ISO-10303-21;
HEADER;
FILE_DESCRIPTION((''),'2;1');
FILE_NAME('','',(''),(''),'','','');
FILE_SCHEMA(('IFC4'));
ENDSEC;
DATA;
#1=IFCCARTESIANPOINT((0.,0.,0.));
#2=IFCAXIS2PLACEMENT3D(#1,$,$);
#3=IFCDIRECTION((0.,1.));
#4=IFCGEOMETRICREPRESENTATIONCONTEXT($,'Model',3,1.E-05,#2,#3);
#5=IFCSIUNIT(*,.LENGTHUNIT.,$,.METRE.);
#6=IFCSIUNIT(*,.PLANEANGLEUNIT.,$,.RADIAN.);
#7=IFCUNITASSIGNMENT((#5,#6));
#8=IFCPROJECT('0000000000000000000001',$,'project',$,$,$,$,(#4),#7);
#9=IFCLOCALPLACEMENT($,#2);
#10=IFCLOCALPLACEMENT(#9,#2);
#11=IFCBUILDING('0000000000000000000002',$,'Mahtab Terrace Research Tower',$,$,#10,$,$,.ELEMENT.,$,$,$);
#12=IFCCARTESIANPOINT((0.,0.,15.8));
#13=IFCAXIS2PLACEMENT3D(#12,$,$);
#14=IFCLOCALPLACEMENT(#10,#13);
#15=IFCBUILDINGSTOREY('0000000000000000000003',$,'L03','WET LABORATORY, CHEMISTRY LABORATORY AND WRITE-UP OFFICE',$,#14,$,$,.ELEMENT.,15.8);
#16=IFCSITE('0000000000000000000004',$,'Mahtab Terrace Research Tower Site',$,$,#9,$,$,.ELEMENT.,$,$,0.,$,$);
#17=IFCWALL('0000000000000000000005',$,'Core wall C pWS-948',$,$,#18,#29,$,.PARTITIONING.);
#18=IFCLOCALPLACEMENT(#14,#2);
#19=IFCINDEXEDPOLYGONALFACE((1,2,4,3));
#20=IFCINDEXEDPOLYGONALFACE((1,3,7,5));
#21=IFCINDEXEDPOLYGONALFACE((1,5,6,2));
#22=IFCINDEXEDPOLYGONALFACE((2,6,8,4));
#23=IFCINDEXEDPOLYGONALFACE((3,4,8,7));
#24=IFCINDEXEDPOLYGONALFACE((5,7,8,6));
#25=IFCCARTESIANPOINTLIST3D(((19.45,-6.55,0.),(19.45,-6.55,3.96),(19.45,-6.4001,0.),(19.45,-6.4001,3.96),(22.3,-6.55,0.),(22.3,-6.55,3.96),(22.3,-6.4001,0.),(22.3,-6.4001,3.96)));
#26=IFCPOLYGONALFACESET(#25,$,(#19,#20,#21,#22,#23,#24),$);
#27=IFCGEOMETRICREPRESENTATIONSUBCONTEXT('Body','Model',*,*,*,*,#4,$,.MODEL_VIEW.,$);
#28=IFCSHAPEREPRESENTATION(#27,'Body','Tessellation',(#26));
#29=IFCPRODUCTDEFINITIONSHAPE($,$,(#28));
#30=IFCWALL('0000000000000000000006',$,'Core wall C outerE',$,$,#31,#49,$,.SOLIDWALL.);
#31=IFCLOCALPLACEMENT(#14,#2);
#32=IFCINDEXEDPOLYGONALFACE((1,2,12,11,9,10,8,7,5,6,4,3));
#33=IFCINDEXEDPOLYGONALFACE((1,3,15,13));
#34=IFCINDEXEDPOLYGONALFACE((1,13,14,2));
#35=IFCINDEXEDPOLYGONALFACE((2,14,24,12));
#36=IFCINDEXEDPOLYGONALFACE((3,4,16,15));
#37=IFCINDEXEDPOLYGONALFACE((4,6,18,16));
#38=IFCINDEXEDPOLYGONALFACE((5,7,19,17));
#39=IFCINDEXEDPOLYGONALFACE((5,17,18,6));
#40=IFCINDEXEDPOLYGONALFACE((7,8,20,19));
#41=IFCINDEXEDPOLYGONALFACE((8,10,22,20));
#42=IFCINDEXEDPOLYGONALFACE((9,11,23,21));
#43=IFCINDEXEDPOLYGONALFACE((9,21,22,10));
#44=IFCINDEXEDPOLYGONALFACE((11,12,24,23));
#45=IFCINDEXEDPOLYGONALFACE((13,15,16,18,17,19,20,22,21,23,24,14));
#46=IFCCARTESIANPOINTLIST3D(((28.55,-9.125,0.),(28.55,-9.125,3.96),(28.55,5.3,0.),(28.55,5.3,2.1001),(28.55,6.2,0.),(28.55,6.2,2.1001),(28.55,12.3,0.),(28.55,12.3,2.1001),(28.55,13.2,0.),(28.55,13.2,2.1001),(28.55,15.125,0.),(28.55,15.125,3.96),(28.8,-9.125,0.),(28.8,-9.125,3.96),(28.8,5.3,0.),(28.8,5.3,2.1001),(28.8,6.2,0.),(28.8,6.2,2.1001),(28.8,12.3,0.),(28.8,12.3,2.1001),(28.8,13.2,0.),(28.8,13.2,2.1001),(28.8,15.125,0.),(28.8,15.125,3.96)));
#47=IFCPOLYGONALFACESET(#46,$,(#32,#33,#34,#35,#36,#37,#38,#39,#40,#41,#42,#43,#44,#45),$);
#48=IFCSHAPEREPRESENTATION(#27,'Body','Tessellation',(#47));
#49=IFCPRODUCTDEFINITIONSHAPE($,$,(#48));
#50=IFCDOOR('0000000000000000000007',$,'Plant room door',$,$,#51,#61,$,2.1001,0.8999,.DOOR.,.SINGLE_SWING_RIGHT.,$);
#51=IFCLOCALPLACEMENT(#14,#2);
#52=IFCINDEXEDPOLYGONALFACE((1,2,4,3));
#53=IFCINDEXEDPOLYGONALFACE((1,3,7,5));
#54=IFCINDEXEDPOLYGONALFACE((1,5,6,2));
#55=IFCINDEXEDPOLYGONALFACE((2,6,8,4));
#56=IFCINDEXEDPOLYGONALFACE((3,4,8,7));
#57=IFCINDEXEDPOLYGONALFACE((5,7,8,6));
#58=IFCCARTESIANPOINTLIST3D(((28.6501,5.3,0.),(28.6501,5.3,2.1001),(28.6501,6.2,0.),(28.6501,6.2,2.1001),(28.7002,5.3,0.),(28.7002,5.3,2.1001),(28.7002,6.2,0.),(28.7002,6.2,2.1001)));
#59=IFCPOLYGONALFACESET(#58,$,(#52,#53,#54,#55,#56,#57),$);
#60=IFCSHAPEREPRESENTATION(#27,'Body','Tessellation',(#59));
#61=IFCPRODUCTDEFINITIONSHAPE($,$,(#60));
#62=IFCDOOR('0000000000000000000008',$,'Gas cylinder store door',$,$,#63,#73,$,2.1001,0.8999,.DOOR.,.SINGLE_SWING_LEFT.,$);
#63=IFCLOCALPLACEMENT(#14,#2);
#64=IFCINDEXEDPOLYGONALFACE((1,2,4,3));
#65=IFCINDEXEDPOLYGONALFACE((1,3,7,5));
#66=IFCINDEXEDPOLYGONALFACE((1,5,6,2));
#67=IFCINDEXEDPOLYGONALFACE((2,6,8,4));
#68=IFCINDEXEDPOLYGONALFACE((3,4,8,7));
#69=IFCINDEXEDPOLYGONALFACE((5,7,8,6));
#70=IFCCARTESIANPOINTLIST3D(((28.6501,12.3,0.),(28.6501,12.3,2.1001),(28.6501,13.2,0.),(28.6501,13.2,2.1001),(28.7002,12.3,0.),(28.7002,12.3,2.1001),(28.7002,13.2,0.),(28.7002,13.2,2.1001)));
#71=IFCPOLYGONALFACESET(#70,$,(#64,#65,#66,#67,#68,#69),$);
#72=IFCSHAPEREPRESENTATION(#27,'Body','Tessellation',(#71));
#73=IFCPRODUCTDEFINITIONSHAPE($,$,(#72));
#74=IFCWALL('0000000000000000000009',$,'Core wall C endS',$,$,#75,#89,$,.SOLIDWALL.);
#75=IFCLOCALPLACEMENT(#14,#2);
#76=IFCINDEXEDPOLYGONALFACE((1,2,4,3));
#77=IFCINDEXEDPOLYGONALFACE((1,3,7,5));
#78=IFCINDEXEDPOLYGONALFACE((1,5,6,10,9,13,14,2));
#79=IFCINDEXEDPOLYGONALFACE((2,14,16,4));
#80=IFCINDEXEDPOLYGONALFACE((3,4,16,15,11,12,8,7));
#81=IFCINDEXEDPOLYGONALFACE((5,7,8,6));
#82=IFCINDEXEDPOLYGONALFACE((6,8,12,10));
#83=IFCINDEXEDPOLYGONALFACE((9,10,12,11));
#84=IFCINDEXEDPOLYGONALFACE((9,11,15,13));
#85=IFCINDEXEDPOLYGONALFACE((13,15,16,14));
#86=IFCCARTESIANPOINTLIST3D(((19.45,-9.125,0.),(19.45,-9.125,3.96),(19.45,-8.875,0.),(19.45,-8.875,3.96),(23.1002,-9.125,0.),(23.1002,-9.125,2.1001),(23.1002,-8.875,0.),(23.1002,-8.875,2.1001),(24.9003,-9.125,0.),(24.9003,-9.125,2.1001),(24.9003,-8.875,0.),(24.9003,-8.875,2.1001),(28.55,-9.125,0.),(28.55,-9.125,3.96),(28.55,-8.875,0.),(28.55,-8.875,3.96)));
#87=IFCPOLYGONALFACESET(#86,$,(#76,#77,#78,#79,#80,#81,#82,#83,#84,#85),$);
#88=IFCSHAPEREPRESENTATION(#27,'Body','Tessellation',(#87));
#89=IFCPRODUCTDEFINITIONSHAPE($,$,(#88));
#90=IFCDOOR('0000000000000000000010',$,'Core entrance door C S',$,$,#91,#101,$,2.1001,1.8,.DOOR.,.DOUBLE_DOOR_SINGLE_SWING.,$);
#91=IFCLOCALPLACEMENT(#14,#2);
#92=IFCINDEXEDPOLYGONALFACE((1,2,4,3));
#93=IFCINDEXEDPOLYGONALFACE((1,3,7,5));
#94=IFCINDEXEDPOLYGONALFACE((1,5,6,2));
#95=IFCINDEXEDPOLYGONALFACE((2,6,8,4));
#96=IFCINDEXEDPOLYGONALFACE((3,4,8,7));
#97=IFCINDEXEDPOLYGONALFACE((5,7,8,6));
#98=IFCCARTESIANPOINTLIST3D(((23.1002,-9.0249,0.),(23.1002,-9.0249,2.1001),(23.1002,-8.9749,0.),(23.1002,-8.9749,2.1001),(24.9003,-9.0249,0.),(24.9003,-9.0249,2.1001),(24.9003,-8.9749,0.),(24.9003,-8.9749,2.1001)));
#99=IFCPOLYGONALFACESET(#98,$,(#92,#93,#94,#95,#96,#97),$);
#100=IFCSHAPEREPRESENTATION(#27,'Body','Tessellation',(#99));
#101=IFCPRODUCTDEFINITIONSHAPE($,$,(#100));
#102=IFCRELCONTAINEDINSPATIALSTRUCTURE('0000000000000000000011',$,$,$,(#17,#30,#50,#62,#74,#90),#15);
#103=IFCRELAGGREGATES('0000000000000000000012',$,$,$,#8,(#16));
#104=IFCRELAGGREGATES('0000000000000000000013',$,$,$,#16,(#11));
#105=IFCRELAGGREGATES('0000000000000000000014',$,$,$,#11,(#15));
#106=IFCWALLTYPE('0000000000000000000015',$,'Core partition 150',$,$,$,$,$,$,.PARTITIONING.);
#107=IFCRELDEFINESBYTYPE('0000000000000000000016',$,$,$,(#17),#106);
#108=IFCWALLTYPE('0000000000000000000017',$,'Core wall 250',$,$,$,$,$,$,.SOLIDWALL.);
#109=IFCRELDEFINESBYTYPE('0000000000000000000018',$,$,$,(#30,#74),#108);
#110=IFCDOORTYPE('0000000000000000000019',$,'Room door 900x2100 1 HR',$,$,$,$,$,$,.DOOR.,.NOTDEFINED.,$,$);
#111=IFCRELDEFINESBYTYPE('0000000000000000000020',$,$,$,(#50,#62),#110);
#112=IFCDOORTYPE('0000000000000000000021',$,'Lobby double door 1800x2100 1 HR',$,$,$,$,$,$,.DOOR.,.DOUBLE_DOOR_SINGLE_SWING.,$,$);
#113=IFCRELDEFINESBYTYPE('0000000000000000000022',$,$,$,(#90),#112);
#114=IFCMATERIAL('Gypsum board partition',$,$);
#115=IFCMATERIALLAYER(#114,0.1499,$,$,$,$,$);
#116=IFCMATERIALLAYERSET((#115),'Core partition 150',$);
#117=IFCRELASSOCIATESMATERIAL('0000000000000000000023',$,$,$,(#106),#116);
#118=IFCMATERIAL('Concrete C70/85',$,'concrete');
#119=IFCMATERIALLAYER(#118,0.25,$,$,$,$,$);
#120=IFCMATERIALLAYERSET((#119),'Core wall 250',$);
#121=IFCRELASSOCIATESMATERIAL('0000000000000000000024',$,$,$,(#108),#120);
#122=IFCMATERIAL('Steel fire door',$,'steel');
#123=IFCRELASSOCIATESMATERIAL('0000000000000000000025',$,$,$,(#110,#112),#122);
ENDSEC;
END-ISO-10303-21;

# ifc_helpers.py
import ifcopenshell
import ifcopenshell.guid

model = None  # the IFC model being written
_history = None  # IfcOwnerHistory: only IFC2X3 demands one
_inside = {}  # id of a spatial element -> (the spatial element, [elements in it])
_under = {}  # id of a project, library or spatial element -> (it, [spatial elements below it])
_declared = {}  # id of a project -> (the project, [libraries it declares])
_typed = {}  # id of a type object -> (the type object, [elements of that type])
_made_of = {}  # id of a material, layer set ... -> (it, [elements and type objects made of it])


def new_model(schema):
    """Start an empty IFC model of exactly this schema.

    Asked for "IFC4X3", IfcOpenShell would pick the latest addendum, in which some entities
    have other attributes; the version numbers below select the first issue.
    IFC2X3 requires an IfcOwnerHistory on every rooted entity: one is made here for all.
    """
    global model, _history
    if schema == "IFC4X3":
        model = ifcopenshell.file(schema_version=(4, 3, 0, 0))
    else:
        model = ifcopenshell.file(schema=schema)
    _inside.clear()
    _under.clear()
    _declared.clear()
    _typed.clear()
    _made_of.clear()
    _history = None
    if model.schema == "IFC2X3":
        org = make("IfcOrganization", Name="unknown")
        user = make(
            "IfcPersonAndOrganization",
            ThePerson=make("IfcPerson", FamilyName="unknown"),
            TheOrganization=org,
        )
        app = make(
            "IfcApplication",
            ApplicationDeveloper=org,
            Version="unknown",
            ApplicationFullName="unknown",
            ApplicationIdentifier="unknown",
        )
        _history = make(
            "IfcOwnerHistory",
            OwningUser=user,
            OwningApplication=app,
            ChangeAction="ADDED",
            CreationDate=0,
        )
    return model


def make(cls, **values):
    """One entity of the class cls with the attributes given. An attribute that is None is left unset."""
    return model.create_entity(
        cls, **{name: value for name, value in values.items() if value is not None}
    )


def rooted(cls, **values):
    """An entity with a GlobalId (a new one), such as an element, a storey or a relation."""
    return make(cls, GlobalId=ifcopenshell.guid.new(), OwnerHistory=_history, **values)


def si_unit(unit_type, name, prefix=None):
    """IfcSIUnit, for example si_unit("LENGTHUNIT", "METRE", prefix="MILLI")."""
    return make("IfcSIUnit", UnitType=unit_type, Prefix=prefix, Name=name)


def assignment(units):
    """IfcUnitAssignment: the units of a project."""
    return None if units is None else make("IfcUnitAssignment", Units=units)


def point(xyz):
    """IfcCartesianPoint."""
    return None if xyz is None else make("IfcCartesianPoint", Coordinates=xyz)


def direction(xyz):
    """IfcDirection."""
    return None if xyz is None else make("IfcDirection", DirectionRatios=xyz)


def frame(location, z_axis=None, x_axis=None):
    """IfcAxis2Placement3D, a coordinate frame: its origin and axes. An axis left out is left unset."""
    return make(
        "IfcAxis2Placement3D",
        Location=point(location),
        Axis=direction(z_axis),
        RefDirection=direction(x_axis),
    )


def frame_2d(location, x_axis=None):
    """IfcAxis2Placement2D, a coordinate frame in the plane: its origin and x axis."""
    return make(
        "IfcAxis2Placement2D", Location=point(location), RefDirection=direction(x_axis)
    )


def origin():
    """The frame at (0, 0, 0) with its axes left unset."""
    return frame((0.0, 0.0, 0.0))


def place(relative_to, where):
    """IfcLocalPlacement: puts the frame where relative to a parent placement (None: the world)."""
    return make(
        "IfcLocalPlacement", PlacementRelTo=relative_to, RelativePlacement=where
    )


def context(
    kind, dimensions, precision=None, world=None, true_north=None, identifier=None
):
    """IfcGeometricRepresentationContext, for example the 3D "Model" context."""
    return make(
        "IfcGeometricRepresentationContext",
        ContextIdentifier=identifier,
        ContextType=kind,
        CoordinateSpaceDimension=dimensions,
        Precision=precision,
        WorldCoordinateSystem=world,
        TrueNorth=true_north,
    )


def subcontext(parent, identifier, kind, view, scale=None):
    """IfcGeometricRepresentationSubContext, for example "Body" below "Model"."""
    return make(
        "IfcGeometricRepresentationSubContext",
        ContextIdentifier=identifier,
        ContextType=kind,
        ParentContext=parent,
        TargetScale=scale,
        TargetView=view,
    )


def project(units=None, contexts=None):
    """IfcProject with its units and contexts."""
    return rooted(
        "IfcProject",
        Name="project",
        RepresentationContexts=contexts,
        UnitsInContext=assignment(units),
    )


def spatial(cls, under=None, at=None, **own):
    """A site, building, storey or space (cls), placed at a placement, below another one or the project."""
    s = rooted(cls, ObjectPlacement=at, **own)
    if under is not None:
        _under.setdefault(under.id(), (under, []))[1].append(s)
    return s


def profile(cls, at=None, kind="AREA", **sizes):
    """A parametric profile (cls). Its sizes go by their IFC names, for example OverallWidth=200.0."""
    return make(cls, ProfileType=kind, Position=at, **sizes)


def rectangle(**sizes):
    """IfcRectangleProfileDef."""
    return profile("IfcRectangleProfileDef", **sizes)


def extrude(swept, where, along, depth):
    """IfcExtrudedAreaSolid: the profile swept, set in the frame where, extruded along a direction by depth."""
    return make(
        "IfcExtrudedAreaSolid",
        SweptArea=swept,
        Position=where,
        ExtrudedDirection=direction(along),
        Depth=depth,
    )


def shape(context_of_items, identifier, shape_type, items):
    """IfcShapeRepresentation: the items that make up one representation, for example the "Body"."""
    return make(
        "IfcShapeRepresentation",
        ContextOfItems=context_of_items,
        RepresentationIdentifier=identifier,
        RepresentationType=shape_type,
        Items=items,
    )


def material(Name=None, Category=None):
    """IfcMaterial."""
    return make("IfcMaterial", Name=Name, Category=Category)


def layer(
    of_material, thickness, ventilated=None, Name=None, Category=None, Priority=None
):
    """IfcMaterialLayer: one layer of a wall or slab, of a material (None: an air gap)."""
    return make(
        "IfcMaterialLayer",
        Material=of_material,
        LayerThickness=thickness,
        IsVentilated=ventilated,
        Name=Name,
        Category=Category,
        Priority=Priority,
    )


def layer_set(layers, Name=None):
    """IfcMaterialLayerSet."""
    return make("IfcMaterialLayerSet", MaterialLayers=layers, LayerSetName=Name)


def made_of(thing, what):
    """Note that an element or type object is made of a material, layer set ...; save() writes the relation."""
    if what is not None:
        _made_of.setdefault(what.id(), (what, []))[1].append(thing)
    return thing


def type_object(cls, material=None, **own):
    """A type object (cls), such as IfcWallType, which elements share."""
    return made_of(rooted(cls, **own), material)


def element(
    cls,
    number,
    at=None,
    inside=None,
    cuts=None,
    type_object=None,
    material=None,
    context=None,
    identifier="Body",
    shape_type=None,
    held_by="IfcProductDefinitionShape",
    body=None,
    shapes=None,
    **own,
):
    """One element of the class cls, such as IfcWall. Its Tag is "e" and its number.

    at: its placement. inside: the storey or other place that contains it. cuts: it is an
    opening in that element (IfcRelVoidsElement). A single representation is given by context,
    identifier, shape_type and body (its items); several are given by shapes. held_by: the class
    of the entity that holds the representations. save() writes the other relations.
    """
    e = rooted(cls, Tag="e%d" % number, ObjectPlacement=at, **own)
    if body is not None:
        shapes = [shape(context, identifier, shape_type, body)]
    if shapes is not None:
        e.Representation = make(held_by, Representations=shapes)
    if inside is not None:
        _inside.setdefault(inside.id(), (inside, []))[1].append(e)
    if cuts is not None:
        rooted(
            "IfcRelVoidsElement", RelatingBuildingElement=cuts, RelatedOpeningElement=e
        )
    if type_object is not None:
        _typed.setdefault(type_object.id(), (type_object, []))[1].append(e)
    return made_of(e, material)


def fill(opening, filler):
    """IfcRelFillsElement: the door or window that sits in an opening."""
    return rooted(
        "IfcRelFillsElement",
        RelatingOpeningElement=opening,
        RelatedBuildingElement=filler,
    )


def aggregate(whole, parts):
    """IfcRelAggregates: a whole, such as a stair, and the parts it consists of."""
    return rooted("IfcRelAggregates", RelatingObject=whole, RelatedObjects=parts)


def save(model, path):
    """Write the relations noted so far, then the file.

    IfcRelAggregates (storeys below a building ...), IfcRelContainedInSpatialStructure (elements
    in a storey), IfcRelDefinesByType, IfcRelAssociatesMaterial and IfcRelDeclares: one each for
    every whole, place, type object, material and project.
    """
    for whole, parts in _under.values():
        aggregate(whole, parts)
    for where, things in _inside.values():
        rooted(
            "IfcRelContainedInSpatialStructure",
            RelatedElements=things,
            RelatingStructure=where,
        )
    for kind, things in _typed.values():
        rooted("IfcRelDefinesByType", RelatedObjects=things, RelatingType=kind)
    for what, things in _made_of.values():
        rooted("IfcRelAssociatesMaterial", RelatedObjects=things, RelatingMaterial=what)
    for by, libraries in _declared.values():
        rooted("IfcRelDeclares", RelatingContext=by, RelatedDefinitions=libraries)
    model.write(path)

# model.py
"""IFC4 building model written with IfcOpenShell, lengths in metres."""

from ifc_helpers import new_model, si_unit, direction, frame, frame_2d, origin, place, context, subcontext, project, spatial, rectangle, extrude, material, layer, layer_set, type_object, element, fill, save


model = new_model("IFC4")

# Units and contexts
model_context = context("Model", 3, precision=1e-05, world=origin(), true_north=direction((0.0, 1.0)))
body_context = subcontext(model_context, "Body", "Model", "MODEL_VIEW")
ifc_project = project(units=[si_unit("LENGTHUNIT", "METRE"), si_unit("PLANEANGLEUNIT", "RADIAN")], contexts=[model_context])

# Site, building, storey
site_placement = place(None, origin())
site = spatial("IfcSite", under=ifc_project, at=site_placement, Name="Mahtab Terrace Research Tower Site", CompositionType="ELEMENT", RefElevation=0.0)
building_placement = place(site_placement, origin())
building = spatial("IfcBuilding", under=site, at=building_placement, Name="Mahtab Terrace Research Tower", CompositionType="ELEMENT")
storey_placement = place(building_placement, frame((0.0, 0.0, 15.8)))
storey = spatial("IfcBuildingStorey", under=building, at=storey_placement, Name="L03", Description="WET LABORATORY, CHEMISTRY LABORATORY AND WRITE-UP OFFICE", CompositionType="ELEMENT", Elevation=15.8)

# Wall
ifc_material_1 = material(Name="Gypsum board partition")
ifc_layer_1 = layer(ifc_material_1, 0.1499)
ifc_layer_set_1 = layer_set([ifc_layer_1], Name="Core partition 150")
wall_type_1 = type_object("IfcWallType", Name="Core partition 150", PredefinedType="PARTITIONING", material=ifc_layer_set_1)
wall_1_placement = place(storey_placement, frame((19.45, -6.4751, 0.0), z_axis=(0.0, 0.0, 1.0), x_axis=(1.0, 0.0, 0.0)))
element("IfcWall", 1, at=wall_1_placement, inside=storey, type_object=wall_type_1, Name="Core wall C pWS-948", PredefinedType="PARTITIONING", context=body_context, shape_type="SweptSolid", body=[
    extrude(rectangle(XDim=2.8501, YDim=0.1499, at=frame_2d((1.425, 0.0))), origin(), (0.0, 0.0, 1.0), 3.96),
])

# Wall, openings, doors
ifc_material_2 = material(Name="Concrete C70/85", Category="concrete")
ifc_layer_2 = layer(ifc_material_2, 0.25)
ifc_layer_set_2 = layer_set([ifc_layer_2], Name="Core wall 250")
wall_type_2 = type_object("IfcWallType", Name="Core wall 250", PredefinedType="SOLIDWALL", material=ifc_layer_set_2)
wall_2_placement = place(storey_placement, frame((28.675, -9.125, 0.0), z_axis=(0.0, 0.0, 1.0), x_axis=(0.0, 1.0, 0.0)))
wall_2 = element("IfcWall", 2, at=wall_2_placement, inside=storey, type_object=wall_type_2, Name="Core wall C outerE", PredefinedType="SOLIDWALL", context=body_context, shape_type="SweptSolid", body=[
    extrude(rectangle(XDim=24.25, YDim=0.25, at=frame_2d((12.125, 0.0))), origin(), (0.0, 0.0, 1.0), 3.96),
])
opening_1_placement = place(wall_2_placement, frame((14.425, 0.0, 0.0)))
opening_1 = element("IfcOpeningElement", 3, at=opening_1_placement, cuts=wall_2, PredefinedType="OPENING", context=body_context, shape_type="SweptSolid", body=[
    extrude(rectangle(XDim=0.8999, YDim=2.1001, at=frame_2d((0.45, 1.05))), frame((0.0, 0.135, 0.0), z_axis=(0.0, -1.0, 0.0), x_axis=(1.0, 0.0, 0.0)), (0.0, 0.0, 1.0), 0.27),
])
opening_2_placement = place(wall_2_placement, frame((21.425, 0.0, 0.0)))
opening_2 = element("IfcOpeningElement", 4, at=opening_2_placement, cuts=wall_2, PredefinedType="OPENING", context=body_context, shape_type="SweptSolid", body=[
    extrude(rectangle(XDim=0.8999, YDim=2.1001, at=frame_2d((0.45, 1.05))), frame((0.0, 0.135, 0.0), z_axis=(0.0, -1.0, 0.0), x_axis=(1.0, 0.0, 0.0)), (0.0, 0.0, 1.0), 0.27),
])
ifc_material_3 = material(Name="Steel fire door", Category="steel")
door_type_1 = type_object("IfcDoorType", Name="Room door 900x2100 1 HR", OperationType="NOTDEFINED", PredefinedType="DOOR", material=ifc_material_3)
door_1_placement = place(opening_1_placement, origin())
door_1 = element("IfcDoor", 5, at=door_1_placement, inside=storey, type_object=door_type_1, Name="Plant room door", OperationType="SINGLE_SWING_RIGHT", OverallHeight=2.1001, OverallWidth=0.8999, PredefinedType="DOOR", context=body_context, shape_type="SweptSolid", body=[
    extrude(rectangle(XDim=0.8999, YDim=2.1001, at=frame_2d((0.45, 1.05))), frame((0.0, 0.0249, 0.0), z_axis=(0.0, -1.0, 0.0), x_axis=(1.0, 0.0, 0.0)), (0.0, 0.0, 1.0), 0.05),
])
fill(opening_1, door_1)
door_2_placement = place(opening_2_placement, origin())
door_2 = element("IfcDoor", 6, at=door_2_placement, inside=storey, type_object=door_type_1, Name="Gas cylinder store door", OperationType="SINGLE_SWING_LEFT", OverallHeight=2.1001, OverallWidth=0.8999, PredefinedType="DOOR", context=body_context, shape_type="SweptSolid", body=[
    extrude(rectangle(XDim=0.8999, YDim=2.1001, at=frame_2d((0.45, 1.05))), frame((0.0, 0.0249, 0.0), z_axis=(0.0, -1.0, 0.0), x_axis=(1.0, 0.0, 0.0)), (0.0, 0.0, 1.0), 0.05),
])
fill(opening_2, door_2)

# Wall, opening, door
wall_3_placement = place(storey_placement, frame((28.55, -9.0, 0.0), z_axis=(0.0, 0.0, 1.0), x_axis=(-1.0, 0.0, 0.0)))
wall_3 = element("IfcWall", 7, at=wall_3_placement, inside=storey, type_object=wall_type_2, Name="Core wall C endS", PredefinedType="SOLIDWALL", context=body_context, shape_type="SweptSolid", body=[
    extrude(rectangle(XDim=9.1001, YDim=0.25, at=frame_2d((4.55, 0.0))), origin(), (0.0, 0.0, 1.0), 3.96),
])
opening_3_placement = place(wall_3_placement, frame((3.6499, 0.0, 0.0)))
opening_3 = element("IfcOpeningElement", 8, at=opening_3_placement, cuts=wall_3, PredefinedType="OPENING", context=body_context, shape_type="SweptSolid", body=[
    extrude(rectangle(XDim=1.8, YDim=2.1001, at=frame_2d((0.8999, 1.05))), frame((0.0, 0.135, 0.0), z_axis=(0.0, -1.0, 0.0), x_axis=(1.0, 0.0, 0.0)), (0.0, 0.0, 1.0), 0.27),
])
door_type_2 = type_object("IfcDoorType", Name="Lobby double door 1800x2100 1 HR", OperationType="DOUBLE_DOOR_SINGLE_SWING", PredefinedType="DOOR", material=ifc_material_3)
door_3_placement = place(opening_3_placement, origin())
door_3 = element("IfcDoor", 9, at=door_3_placement, inside=storey, type_object=door_type_2, Name="Core entrance door C S", OperationType="DOUBLE_DOOR_SINGLE_SWING", OverallHeight=2.1001, OverallWidth=1.8, PredefinedType="DOOR", context=body_context, shape_type="SweptSolid", body=[
    extrude(rectangle(XDim=1.8, YDim=2.1001, at=frame_2d((0.8999, 1.05))), frame((0.0, 0.0249, 0.0), z_axis=(0.0, -1.0, 0.0), x_axis=(1.0, 0.0, 0.0)), (0.0, 0.0, 1.0), 0.05),
])
fill(opening_3, door_3)

save(model, "model.ifc")
